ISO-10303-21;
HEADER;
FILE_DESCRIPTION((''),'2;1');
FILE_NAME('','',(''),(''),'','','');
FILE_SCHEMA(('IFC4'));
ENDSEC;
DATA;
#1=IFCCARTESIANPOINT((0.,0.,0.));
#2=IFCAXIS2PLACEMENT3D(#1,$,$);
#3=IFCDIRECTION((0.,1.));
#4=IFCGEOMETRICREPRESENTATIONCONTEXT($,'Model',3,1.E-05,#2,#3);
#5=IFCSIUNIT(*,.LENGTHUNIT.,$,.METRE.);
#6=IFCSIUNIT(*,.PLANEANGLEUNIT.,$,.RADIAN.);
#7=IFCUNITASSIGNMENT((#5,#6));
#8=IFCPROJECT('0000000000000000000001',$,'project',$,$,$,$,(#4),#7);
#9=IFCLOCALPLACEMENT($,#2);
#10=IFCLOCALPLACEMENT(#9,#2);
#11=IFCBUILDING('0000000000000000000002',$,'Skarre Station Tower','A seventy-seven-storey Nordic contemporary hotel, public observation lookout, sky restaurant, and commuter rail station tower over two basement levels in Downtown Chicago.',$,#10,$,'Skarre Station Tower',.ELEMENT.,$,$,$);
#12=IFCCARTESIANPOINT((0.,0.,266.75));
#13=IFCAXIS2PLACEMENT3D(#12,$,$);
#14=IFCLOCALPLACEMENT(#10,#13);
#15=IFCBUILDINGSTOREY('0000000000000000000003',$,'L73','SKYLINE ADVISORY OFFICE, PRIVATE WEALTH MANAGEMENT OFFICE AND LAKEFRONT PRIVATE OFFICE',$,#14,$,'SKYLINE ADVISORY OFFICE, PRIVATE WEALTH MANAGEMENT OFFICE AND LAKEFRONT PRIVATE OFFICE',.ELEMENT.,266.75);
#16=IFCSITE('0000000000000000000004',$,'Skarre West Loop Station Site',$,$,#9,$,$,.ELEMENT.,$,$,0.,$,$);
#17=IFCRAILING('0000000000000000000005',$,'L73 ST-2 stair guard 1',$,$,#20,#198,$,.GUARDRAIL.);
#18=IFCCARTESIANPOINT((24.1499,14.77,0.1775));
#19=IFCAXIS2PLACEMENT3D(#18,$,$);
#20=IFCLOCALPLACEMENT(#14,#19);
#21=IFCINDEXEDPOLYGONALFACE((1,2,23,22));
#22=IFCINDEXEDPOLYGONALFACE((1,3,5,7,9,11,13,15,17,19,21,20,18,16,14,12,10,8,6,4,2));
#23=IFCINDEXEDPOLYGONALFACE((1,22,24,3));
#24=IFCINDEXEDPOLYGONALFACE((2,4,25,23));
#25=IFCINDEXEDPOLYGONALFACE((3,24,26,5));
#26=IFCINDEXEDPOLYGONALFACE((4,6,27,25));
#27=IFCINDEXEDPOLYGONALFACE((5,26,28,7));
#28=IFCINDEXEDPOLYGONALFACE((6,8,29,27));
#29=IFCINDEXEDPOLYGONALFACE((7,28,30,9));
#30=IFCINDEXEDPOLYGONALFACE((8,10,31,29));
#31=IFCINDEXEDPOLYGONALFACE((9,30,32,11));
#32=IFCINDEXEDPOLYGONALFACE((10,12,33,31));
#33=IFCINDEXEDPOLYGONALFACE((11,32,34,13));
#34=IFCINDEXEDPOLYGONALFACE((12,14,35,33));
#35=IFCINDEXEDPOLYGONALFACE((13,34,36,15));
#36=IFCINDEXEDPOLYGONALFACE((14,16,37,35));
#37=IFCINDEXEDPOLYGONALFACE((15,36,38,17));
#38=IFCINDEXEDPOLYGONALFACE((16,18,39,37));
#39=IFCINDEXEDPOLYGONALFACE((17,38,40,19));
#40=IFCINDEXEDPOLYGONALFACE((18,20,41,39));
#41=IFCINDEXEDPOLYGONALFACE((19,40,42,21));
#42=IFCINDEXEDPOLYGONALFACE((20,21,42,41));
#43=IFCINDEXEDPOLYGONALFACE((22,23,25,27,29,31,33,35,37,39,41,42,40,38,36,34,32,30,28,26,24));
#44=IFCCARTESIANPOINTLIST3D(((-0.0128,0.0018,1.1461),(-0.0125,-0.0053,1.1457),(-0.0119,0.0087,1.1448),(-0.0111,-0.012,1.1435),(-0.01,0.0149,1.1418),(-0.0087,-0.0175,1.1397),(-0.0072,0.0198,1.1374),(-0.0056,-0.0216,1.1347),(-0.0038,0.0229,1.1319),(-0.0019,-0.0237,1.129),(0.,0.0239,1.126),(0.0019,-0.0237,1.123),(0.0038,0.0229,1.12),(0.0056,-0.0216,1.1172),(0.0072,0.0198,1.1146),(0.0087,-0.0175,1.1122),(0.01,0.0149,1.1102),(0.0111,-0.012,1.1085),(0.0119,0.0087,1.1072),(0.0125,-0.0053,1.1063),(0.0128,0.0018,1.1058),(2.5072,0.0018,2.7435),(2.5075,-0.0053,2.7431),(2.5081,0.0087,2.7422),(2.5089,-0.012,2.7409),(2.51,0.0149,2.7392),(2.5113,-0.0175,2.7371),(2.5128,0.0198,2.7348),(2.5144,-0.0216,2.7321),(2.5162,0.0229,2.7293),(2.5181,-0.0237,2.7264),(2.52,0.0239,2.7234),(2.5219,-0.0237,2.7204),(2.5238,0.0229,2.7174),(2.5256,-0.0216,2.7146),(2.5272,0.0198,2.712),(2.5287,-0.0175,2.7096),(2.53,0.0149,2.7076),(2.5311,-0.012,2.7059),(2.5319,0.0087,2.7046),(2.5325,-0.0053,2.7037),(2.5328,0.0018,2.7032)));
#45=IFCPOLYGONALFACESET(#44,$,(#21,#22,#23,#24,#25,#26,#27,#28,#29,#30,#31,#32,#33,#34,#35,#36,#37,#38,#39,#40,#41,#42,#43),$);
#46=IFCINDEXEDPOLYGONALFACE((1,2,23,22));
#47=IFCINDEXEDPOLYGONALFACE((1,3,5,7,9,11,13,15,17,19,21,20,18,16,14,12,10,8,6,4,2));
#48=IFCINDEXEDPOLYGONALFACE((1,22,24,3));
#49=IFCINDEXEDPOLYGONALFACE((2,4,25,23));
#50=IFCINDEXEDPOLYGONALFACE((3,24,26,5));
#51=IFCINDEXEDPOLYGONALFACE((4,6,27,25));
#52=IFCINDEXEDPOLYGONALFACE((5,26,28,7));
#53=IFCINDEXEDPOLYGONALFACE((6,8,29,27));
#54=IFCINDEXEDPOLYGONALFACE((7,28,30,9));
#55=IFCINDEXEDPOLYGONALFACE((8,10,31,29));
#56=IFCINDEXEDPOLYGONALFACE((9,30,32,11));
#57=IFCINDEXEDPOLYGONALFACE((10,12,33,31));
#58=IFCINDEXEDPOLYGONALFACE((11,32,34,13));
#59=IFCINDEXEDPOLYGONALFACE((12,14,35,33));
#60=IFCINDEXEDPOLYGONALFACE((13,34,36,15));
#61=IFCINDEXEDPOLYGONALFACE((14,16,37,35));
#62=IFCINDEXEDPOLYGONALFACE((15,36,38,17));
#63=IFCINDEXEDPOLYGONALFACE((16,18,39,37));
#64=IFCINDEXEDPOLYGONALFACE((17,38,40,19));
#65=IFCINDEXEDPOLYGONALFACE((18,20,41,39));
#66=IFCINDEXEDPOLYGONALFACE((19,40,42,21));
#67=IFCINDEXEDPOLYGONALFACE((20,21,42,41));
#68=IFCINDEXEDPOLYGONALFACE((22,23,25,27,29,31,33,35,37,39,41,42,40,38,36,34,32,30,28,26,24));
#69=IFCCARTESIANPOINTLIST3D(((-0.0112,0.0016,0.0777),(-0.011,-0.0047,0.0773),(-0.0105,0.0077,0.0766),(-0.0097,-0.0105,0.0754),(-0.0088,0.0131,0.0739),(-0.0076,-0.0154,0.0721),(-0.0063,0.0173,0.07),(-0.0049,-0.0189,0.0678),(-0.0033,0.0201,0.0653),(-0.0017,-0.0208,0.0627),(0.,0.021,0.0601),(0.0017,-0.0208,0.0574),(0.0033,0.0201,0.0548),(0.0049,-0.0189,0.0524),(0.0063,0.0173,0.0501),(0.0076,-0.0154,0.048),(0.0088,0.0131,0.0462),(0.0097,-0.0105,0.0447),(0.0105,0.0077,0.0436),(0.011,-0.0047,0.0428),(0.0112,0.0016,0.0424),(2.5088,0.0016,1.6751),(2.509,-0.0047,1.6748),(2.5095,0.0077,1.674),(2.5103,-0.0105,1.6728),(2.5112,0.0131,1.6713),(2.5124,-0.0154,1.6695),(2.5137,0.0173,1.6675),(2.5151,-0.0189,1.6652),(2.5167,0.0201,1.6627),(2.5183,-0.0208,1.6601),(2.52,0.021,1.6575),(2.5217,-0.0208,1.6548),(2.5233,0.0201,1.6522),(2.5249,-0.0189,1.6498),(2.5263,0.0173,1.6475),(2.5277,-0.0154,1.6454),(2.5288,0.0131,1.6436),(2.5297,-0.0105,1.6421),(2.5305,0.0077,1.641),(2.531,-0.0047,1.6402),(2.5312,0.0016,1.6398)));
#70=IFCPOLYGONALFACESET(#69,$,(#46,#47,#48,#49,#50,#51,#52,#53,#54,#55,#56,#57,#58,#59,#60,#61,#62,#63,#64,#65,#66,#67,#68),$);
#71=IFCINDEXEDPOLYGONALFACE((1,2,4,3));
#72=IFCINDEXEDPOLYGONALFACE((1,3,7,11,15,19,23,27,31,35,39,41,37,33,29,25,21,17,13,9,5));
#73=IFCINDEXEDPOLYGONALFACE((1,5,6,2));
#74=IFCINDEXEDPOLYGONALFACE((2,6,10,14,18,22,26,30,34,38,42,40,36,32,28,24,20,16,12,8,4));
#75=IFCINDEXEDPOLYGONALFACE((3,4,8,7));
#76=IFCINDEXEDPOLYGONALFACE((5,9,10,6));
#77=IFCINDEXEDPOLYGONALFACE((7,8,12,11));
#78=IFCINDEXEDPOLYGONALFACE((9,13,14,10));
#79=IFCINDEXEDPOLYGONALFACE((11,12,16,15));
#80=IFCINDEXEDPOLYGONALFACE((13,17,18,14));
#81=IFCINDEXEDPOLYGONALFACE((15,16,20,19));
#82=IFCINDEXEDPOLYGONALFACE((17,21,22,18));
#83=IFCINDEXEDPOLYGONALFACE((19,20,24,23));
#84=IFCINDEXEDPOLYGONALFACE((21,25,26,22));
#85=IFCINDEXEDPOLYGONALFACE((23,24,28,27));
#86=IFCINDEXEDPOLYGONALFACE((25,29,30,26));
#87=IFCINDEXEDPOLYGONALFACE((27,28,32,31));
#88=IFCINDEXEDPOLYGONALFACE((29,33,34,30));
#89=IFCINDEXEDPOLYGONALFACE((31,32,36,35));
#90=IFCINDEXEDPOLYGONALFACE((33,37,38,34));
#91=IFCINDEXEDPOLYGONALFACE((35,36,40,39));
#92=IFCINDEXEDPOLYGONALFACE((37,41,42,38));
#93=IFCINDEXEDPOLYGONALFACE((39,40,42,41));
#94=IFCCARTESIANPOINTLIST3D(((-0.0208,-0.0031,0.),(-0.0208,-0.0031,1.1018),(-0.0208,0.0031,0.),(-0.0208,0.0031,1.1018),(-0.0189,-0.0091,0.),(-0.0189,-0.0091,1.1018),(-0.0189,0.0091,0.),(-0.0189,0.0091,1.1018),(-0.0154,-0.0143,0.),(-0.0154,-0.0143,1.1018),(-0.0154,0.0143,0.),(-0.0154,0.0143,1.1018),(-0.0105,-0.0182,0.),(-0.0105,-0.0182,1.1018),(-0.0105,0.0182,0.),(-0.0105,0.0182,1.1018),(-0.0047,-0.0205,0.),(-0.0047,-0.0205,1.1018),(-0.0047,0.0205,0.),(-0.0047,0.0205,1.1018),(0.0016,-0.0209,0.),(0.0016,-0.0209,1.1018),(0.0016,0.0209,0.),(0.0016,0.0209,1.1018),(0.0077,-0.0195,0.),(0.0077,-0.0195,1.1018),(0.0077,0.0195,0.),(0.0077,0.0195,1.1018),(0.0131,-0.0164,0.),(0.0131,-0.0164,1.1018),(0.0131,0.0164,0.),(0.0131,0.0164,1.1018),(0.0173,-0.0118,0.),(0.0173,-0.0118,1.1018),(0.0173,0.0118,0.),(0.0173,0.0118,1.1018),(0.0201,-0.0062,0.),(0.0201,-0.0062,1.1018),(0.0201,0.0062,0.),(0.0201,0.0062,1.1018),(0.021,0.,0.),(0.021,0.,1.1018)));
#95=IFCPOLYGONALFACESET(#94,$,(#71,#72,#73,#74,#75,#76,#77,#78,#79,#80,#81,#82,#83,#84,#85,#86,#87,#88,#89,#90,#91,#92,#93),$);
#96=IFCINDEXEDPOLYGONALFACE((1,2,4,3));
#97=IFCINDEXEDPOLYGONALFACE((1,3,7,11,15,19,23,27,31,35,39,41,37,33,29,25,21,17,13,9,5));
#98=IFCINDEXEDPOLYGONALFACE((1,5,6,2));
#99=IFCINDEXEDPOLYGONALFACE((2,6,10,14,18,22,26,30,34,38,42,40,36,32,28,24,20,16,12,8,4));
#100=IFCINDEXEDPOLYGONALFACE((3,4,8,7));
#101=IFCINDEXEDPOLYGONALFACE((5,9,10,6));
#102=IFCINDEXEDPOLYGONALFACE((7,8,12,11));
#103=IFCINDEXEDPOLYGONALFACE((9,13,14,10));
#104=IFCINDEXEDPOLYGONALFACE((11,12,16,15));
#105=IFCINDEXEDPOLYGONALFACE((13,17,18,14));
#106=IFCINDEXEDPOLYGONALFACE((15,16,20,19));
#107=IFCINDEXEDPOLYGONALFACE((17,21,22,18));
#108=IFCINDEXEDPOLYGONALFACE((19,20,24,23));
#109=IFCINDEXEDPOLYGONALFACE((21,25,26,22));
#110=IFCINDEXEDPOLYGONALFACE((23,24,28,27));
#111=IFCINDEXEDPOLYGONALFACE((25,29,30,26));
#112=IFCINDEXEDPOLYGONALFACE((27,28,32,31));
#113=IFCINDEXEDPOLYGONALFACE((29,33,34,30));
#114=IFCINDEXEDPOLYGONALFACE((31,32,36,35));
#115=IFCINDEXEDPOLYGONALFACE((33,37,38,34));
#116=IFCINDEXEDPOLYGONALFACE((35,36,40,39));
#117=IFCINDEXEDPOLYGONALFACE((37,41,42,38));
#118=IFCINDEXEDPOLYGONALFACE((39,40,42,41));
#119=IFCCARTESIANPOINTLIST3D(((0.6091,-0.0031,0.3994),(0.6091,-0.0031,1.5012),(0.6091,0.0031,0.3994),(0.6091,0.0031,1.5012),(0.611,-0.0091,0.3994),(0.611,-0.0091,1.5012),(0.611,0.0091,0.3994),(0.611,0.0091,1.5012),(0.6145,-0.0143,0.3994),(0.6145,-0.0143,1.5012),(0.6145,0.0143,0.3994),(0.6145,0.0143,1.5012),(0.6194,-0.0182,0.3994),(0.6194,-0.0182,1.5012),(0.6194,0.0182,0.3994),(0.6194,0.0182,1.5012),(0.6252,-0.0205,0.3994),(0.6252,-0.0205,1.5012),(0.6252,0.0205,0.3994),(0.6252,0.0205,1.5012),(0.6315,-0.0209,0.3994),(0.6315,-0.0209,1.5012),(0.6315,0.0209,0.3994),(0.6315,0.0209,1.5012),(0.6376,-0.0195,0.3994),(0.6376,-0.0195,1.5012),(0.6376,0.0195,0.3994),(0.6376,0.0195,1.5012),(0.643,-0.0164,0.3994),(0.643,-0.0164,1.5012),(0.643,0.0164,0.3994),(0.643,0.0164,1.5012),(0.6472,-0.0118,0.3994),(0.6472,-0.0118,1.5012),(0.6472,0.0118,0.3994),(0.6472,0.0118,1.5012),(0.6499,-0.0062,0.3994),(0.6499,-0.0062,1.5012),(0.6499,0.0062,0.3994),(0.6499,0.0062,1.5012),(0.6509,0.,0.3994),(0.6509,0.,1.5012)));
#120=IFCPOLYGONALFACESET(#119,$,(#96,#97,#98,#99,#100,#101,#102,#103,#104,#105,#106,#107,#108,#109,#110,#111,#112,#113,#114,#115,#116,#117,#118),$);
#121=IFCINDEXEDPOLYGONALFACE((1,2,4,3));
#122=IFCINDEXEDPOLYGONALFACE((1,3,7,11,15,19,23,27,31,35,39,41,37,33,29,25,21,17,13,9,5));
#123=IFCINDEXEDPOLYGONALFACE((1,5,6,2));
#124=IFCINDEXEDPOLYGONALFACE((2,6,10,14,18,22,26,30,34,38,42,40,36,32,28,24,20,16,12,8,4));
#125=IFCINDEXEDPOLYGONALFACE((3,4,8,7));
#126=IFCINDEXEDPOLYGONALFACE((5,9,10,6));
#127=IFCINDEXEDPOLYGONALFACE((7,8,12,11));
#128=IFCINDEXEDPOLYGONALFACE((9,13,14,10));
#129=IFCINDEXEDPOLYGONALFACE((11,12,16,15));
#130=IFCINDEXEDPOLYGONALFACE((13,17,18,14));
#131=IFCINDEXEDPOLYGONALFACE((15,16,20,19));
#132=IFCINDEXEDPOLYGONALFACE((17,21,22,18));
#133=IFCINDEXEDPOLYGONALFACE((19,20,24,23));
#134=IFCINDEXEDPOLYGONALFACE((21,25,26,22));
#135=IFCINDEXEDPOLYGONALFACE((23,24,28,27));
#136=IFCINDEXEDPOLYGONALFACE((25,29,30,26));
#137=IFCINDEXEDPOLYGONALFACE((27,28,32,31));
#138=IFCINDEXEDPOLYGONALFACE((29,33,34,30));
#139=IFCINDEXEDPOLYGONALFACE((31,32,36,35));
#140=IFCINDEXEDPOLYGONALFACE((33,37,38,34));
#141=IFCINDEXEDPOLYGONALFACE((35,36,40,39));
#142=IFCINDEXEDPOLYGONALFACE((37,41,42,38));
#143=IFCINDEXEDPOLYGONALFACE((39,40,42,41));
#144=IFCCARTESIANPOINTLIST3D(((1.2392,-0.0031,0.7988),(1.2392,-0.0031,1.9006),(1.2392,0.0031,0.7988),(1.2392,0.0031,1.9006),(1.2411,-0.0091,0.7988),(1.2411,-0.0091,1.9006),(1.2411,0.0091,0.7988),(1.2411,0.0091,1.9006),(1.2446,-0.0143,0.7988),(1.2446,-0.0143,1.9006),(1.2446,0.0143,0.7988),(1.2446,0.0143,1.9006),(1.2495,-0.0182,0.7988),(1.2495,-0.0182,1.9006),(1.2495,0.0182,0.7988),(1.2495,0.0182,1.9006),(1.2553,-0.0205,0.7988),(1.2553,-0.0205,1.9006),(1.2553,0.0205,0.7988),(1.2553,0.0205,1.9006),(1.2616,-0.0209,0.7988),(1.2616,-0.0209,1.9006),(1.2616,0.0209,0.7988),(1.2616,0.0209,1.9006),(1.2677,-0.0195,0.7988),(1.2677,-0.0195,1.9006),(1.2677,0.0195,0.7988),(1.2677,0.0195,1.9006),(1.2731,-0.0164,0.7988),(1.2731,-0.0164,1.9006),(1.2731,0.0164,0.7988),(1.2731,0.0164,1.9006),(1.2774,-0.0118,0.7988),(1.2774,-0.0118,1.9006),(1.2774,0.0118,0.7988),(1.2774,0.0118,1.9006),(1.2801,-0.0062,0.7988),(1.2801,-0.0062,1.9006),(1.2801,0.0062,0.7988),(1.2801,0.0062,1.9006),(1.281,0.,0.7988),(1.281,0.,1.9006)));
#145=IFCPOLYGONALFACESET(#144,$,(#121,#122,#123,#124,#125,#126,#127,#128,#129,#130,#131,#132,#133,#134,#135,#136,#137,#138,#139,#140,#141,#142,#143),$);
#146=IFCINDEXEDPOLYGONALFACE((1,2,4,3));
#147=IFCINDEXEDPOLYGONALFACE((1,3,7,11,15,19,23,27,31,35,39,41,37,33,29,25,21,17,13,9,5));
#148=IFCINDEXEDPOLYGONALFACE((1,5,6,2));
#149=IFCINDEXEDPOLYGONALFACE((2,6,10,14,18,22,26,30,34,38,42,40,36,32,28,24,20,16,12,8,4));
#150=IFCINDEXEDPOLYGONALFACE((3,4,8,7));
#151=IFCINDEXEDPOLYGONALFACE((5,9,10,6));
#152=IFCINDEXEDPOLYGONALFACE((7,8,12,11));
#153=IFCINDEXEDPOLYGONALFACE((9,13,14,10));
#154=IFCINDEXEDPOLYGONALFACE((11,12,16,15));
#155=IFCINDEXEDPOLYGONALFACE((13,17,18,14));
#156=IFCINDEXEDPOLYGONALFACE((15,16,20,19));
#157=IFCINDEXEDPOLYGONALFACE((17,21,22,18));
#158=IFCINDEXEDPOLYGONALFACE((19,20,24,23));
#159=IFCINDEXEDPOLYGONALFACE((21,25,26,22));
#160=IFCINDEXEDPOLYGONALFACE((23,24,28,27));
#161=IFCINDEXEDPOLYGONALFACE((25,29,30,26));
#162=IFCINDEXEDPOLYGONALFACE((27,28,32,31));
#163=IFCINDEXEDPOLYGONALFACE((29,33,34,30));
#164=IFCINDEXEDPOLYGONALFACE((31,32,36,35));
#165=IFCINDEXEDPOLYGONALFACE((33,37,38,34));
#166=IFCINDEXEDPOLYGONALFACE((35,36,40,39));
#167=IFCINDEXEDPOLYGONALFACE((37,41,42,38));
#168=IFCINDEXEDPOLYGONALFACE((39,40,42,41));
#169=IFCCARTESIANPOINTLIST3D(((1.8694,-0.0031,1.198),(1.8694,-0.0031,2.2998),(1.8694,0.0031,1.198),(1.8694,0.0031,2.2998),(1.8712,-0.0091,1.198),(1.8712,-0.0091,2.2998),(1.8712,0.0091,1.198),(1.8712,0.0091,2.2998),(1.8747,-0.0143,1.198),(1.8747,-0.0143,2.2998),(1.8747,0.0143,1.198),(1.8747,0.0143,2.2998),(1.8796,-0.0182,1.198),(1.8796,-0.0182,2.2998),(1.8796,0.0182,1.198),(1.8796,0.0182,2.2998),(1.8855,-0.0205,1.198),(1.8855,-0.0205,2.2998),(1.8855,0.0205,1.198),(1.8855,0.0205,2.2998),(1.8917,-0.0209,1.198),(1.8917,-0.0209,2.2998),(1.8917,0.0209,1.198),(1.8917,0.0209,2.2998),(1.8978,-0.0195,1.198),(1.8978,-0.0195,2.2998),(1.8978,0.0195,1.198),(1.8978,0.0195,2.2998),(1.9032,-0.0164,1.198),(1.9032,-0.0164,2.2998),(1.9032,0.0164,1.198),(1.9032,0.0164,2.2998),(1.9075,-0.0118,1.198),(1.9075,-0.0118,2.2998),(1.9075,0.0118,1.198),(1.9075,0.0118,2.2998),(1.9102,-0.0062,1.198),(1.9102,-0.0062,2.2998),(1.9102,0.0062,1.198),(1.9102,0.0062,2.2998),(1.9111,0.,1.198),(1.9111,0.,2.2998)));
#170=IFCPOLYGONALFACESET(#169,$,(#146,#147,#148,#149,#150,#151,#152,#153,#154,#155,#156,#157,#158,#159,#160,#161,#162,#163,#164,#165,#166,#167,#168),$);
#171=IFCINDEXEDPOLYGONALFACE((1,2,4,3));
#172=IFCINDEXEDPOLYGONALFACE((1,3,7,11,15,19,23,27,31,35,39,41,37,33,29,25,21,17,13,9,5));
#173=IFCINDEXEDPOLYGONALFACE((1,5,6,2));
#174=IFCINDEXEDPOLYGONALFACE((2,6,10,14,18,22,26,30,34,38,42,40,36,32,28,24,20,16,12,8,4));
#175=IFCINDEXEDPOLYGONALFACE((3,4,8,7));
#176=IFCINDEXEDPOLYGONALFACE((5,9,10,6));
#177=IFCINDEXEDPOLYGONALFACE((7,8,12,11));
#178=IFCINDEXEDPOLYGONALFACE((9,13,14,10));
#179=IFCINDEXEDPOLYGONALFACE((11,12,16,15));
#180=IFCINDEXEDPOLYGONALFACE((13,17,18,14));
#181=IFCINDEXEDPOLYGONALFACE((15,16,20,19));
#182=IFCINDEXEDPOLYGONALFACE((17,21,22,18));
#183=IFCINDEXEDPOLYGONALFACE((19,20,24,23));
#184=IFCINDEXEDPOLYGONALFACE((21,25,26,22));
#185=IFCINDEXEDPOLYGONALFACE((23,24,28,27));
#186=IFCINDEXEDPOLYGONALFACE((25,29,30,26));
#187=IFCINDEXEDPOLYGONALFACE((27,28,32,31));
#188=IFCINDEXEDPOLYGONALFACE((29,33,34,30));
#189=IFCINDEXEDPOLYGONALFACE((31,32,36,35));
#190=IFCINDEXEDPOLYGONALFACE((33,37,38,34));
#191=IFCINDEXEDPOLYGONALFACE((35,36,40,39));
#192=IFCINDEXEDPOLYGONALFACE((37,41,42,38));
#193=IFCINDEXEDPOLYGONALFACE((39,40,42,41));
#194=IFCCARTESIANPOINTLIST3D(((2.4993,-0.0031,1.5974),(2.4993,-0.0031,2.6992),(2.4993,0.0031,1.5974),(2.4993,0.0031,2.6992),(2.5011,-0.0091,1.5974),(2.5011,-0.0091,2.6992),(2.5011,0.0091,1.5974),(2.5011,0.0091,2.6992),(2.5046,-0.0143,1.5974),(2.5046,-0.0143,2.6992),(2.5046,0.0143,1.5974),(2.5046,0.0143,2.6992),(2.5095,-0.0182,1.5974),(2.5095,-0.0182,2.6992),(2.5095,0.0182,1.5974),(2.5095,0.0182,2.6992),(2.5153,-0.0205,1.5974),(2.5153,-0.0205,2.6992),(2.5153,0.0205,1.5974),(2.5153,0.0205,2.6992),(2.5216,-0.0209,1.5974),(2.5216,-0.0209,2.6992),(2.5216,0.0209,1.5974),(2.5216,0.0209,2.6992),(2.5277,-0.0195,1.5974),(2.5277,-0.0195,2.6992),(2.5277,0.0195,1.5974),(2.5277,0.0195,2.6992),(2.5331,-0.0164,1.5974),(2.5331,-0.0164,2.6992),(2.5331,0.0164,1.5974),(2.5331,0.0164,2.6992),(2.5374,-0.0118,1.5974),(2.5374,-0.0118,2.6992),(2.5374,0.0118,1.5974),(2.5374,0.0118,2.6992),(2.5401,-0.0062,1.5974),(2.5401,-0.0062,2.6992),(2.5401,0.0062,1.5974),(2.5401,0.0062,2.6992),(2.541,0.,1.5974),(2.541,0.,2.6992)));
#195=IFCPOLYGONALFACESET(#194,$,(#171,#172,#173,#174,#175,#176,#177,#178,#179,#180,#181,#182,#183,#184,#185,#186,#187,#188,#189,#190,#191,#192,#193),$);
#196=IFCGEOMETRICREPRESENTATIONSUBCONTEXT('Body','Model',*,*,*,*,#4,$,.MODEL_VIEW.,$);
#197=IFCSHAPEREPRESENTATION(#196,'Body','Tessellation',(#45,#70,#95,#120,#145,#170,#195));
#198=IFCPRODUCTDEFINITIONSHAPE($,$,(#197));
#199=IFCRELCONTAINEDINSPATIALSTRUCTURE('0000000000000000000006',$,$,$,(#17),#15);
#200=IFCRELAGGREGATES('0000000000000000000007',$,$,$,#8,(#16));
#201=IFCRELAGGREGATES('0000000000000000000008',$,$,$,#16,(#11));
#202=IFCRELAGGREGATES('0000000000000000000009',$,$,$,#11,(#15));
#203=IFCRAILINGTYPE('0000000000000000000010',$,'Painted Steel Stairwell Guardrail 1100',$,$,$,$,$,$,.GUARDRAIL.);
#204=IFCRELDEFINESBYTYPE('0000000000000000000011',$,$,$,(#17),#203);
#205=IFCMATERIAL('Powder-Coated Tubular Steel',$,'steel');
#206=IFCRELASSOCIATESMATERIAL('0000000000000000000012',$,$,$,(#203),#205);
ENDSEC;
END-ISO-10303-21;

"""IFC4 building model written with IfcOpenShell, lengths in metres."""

from ifc_helpers import new_model, si_unit, direction, frame, origin, origin_2d, place, context, subcontext, project, spatial, circle, extrude, material, type_object, element, save


model = new_model("IFC4")

# Units and contexts
model_context = context("Model", 3, precision=1e-05, world=origin(), true_north=direction((0.0, 1.0)))
body_context = subcontext(model_context, "Body", "Model", "MODEL_VIEW")
ifc_project = project(units=[si_unit("LENGTHUNIT", "METRE"), si_unit("PLANEANGLEUNIT", "RADIAN")], contexts=[model_context])

# Site, building, storey
site_placement = place(None, origin())
site = spatial("IfcSite", under=ifc_project, at=site_placement, Name="Skarre West Loop Station Site", CompositionType="ELEMENT", RefElevation=0.0)
building_placement = place(site_placement, origin())
building = spatial("IfcBuilding", under=site, at=building_placement, Name="Skarre Station Tower", Description="A seventy-seven-storey Nordic contemporary hotel, public observation lookout, sky restaurant, and commuter rail station tower over two basement levels in Downtown Chicago.", LongName="Skarre Station Tower", CompositionType="ELEMENT")
storey_placement = place(building_placement, frame((0.0, 0.0, 266.75)))
storey = spatial("IfcBuildingStorey", under=building, at=storey_placement, Name="L73", Description="SKYLINE ADVISORY OFFICE, PRIVATE WEALTH MANAGEMENT OFFICE AND LAKEFRONT PRIVATE OFFICE", LongName="SKYLINE ADVISORY OFFICE, PRIVATE WEALTH MANAGEMENT OFFICE AND LAKEFRONT PRIVATE OFFICE", CompositionType="ELEMENT", Elevation=266.75)

# Railing
ifc_material_1 = material(Name="Powder-Coated Tubular Steel", Category="steel")
railing_type_1 = type_object("IfcRailingType", Name="Painted Steel Stairwell Guardrail 1100", PredefinedType="GUARDRAIL", material=ifc_material_1)
railing_1_placement = place(storey_placement, frame((24.1499, 14.77, 0.1775)))
element("IfcRailing", 1, at=railing_1_placement, inside=storey, type_object=railing_type_1, Name="L73 ST-2 stair guard 1", PredefinedType="GUARDRAIL", context=body_context, shape_type="SweptSolid", body=[
    extrude(circle(Radius=0.0239, at=origin_2d()), frame((0.0, 0.0, 1.126), z_axis=(0.844607, 0.0, 0.535387), x_axis=(0.0, 1.0, 0.0)), (0.0, 0.0, 1.0), 2.9836),
    extrude(circle(Radius=0.021, at=origin_2d()), frame((0.0, 0.0, 0.0601), z_axis=(0.844607, 0.0, 0.535387), x_axis=(0.0, 1.0, 0.0)), (0.0, 0.0, 1.0), 2.9836),
    extrude(circle(Radius=0.021, at=origin_2d()), origin(), (0.0, 0.0, 1.0), 1.1018),
    extrude(circle(Radius=0.021, at=origin_2d()), frame((0.6299, 0.0, 0.3994)), (0.0, 0.0, 1.0), 1.1018),
    extrude(circle(Radius=0.021, at=origin_2d()), frame((1.26, 0.0, 0.7988)), (0.0, 0.0, 1.0), 1.1018),
    extrude(circle(Radius=0.021, at=origin_2d()), frame((1.8901, 0.0, 1.198)), (0.0, 0.0, 1.0), 1.1018),
    extrude(circle(Radius=0.021, at=origin_2d()), frame((2.52, 0.0, 1.5974)), (0.0, 0.0, 1.0), 1.1018),
])

save(model, "model.ifc")
